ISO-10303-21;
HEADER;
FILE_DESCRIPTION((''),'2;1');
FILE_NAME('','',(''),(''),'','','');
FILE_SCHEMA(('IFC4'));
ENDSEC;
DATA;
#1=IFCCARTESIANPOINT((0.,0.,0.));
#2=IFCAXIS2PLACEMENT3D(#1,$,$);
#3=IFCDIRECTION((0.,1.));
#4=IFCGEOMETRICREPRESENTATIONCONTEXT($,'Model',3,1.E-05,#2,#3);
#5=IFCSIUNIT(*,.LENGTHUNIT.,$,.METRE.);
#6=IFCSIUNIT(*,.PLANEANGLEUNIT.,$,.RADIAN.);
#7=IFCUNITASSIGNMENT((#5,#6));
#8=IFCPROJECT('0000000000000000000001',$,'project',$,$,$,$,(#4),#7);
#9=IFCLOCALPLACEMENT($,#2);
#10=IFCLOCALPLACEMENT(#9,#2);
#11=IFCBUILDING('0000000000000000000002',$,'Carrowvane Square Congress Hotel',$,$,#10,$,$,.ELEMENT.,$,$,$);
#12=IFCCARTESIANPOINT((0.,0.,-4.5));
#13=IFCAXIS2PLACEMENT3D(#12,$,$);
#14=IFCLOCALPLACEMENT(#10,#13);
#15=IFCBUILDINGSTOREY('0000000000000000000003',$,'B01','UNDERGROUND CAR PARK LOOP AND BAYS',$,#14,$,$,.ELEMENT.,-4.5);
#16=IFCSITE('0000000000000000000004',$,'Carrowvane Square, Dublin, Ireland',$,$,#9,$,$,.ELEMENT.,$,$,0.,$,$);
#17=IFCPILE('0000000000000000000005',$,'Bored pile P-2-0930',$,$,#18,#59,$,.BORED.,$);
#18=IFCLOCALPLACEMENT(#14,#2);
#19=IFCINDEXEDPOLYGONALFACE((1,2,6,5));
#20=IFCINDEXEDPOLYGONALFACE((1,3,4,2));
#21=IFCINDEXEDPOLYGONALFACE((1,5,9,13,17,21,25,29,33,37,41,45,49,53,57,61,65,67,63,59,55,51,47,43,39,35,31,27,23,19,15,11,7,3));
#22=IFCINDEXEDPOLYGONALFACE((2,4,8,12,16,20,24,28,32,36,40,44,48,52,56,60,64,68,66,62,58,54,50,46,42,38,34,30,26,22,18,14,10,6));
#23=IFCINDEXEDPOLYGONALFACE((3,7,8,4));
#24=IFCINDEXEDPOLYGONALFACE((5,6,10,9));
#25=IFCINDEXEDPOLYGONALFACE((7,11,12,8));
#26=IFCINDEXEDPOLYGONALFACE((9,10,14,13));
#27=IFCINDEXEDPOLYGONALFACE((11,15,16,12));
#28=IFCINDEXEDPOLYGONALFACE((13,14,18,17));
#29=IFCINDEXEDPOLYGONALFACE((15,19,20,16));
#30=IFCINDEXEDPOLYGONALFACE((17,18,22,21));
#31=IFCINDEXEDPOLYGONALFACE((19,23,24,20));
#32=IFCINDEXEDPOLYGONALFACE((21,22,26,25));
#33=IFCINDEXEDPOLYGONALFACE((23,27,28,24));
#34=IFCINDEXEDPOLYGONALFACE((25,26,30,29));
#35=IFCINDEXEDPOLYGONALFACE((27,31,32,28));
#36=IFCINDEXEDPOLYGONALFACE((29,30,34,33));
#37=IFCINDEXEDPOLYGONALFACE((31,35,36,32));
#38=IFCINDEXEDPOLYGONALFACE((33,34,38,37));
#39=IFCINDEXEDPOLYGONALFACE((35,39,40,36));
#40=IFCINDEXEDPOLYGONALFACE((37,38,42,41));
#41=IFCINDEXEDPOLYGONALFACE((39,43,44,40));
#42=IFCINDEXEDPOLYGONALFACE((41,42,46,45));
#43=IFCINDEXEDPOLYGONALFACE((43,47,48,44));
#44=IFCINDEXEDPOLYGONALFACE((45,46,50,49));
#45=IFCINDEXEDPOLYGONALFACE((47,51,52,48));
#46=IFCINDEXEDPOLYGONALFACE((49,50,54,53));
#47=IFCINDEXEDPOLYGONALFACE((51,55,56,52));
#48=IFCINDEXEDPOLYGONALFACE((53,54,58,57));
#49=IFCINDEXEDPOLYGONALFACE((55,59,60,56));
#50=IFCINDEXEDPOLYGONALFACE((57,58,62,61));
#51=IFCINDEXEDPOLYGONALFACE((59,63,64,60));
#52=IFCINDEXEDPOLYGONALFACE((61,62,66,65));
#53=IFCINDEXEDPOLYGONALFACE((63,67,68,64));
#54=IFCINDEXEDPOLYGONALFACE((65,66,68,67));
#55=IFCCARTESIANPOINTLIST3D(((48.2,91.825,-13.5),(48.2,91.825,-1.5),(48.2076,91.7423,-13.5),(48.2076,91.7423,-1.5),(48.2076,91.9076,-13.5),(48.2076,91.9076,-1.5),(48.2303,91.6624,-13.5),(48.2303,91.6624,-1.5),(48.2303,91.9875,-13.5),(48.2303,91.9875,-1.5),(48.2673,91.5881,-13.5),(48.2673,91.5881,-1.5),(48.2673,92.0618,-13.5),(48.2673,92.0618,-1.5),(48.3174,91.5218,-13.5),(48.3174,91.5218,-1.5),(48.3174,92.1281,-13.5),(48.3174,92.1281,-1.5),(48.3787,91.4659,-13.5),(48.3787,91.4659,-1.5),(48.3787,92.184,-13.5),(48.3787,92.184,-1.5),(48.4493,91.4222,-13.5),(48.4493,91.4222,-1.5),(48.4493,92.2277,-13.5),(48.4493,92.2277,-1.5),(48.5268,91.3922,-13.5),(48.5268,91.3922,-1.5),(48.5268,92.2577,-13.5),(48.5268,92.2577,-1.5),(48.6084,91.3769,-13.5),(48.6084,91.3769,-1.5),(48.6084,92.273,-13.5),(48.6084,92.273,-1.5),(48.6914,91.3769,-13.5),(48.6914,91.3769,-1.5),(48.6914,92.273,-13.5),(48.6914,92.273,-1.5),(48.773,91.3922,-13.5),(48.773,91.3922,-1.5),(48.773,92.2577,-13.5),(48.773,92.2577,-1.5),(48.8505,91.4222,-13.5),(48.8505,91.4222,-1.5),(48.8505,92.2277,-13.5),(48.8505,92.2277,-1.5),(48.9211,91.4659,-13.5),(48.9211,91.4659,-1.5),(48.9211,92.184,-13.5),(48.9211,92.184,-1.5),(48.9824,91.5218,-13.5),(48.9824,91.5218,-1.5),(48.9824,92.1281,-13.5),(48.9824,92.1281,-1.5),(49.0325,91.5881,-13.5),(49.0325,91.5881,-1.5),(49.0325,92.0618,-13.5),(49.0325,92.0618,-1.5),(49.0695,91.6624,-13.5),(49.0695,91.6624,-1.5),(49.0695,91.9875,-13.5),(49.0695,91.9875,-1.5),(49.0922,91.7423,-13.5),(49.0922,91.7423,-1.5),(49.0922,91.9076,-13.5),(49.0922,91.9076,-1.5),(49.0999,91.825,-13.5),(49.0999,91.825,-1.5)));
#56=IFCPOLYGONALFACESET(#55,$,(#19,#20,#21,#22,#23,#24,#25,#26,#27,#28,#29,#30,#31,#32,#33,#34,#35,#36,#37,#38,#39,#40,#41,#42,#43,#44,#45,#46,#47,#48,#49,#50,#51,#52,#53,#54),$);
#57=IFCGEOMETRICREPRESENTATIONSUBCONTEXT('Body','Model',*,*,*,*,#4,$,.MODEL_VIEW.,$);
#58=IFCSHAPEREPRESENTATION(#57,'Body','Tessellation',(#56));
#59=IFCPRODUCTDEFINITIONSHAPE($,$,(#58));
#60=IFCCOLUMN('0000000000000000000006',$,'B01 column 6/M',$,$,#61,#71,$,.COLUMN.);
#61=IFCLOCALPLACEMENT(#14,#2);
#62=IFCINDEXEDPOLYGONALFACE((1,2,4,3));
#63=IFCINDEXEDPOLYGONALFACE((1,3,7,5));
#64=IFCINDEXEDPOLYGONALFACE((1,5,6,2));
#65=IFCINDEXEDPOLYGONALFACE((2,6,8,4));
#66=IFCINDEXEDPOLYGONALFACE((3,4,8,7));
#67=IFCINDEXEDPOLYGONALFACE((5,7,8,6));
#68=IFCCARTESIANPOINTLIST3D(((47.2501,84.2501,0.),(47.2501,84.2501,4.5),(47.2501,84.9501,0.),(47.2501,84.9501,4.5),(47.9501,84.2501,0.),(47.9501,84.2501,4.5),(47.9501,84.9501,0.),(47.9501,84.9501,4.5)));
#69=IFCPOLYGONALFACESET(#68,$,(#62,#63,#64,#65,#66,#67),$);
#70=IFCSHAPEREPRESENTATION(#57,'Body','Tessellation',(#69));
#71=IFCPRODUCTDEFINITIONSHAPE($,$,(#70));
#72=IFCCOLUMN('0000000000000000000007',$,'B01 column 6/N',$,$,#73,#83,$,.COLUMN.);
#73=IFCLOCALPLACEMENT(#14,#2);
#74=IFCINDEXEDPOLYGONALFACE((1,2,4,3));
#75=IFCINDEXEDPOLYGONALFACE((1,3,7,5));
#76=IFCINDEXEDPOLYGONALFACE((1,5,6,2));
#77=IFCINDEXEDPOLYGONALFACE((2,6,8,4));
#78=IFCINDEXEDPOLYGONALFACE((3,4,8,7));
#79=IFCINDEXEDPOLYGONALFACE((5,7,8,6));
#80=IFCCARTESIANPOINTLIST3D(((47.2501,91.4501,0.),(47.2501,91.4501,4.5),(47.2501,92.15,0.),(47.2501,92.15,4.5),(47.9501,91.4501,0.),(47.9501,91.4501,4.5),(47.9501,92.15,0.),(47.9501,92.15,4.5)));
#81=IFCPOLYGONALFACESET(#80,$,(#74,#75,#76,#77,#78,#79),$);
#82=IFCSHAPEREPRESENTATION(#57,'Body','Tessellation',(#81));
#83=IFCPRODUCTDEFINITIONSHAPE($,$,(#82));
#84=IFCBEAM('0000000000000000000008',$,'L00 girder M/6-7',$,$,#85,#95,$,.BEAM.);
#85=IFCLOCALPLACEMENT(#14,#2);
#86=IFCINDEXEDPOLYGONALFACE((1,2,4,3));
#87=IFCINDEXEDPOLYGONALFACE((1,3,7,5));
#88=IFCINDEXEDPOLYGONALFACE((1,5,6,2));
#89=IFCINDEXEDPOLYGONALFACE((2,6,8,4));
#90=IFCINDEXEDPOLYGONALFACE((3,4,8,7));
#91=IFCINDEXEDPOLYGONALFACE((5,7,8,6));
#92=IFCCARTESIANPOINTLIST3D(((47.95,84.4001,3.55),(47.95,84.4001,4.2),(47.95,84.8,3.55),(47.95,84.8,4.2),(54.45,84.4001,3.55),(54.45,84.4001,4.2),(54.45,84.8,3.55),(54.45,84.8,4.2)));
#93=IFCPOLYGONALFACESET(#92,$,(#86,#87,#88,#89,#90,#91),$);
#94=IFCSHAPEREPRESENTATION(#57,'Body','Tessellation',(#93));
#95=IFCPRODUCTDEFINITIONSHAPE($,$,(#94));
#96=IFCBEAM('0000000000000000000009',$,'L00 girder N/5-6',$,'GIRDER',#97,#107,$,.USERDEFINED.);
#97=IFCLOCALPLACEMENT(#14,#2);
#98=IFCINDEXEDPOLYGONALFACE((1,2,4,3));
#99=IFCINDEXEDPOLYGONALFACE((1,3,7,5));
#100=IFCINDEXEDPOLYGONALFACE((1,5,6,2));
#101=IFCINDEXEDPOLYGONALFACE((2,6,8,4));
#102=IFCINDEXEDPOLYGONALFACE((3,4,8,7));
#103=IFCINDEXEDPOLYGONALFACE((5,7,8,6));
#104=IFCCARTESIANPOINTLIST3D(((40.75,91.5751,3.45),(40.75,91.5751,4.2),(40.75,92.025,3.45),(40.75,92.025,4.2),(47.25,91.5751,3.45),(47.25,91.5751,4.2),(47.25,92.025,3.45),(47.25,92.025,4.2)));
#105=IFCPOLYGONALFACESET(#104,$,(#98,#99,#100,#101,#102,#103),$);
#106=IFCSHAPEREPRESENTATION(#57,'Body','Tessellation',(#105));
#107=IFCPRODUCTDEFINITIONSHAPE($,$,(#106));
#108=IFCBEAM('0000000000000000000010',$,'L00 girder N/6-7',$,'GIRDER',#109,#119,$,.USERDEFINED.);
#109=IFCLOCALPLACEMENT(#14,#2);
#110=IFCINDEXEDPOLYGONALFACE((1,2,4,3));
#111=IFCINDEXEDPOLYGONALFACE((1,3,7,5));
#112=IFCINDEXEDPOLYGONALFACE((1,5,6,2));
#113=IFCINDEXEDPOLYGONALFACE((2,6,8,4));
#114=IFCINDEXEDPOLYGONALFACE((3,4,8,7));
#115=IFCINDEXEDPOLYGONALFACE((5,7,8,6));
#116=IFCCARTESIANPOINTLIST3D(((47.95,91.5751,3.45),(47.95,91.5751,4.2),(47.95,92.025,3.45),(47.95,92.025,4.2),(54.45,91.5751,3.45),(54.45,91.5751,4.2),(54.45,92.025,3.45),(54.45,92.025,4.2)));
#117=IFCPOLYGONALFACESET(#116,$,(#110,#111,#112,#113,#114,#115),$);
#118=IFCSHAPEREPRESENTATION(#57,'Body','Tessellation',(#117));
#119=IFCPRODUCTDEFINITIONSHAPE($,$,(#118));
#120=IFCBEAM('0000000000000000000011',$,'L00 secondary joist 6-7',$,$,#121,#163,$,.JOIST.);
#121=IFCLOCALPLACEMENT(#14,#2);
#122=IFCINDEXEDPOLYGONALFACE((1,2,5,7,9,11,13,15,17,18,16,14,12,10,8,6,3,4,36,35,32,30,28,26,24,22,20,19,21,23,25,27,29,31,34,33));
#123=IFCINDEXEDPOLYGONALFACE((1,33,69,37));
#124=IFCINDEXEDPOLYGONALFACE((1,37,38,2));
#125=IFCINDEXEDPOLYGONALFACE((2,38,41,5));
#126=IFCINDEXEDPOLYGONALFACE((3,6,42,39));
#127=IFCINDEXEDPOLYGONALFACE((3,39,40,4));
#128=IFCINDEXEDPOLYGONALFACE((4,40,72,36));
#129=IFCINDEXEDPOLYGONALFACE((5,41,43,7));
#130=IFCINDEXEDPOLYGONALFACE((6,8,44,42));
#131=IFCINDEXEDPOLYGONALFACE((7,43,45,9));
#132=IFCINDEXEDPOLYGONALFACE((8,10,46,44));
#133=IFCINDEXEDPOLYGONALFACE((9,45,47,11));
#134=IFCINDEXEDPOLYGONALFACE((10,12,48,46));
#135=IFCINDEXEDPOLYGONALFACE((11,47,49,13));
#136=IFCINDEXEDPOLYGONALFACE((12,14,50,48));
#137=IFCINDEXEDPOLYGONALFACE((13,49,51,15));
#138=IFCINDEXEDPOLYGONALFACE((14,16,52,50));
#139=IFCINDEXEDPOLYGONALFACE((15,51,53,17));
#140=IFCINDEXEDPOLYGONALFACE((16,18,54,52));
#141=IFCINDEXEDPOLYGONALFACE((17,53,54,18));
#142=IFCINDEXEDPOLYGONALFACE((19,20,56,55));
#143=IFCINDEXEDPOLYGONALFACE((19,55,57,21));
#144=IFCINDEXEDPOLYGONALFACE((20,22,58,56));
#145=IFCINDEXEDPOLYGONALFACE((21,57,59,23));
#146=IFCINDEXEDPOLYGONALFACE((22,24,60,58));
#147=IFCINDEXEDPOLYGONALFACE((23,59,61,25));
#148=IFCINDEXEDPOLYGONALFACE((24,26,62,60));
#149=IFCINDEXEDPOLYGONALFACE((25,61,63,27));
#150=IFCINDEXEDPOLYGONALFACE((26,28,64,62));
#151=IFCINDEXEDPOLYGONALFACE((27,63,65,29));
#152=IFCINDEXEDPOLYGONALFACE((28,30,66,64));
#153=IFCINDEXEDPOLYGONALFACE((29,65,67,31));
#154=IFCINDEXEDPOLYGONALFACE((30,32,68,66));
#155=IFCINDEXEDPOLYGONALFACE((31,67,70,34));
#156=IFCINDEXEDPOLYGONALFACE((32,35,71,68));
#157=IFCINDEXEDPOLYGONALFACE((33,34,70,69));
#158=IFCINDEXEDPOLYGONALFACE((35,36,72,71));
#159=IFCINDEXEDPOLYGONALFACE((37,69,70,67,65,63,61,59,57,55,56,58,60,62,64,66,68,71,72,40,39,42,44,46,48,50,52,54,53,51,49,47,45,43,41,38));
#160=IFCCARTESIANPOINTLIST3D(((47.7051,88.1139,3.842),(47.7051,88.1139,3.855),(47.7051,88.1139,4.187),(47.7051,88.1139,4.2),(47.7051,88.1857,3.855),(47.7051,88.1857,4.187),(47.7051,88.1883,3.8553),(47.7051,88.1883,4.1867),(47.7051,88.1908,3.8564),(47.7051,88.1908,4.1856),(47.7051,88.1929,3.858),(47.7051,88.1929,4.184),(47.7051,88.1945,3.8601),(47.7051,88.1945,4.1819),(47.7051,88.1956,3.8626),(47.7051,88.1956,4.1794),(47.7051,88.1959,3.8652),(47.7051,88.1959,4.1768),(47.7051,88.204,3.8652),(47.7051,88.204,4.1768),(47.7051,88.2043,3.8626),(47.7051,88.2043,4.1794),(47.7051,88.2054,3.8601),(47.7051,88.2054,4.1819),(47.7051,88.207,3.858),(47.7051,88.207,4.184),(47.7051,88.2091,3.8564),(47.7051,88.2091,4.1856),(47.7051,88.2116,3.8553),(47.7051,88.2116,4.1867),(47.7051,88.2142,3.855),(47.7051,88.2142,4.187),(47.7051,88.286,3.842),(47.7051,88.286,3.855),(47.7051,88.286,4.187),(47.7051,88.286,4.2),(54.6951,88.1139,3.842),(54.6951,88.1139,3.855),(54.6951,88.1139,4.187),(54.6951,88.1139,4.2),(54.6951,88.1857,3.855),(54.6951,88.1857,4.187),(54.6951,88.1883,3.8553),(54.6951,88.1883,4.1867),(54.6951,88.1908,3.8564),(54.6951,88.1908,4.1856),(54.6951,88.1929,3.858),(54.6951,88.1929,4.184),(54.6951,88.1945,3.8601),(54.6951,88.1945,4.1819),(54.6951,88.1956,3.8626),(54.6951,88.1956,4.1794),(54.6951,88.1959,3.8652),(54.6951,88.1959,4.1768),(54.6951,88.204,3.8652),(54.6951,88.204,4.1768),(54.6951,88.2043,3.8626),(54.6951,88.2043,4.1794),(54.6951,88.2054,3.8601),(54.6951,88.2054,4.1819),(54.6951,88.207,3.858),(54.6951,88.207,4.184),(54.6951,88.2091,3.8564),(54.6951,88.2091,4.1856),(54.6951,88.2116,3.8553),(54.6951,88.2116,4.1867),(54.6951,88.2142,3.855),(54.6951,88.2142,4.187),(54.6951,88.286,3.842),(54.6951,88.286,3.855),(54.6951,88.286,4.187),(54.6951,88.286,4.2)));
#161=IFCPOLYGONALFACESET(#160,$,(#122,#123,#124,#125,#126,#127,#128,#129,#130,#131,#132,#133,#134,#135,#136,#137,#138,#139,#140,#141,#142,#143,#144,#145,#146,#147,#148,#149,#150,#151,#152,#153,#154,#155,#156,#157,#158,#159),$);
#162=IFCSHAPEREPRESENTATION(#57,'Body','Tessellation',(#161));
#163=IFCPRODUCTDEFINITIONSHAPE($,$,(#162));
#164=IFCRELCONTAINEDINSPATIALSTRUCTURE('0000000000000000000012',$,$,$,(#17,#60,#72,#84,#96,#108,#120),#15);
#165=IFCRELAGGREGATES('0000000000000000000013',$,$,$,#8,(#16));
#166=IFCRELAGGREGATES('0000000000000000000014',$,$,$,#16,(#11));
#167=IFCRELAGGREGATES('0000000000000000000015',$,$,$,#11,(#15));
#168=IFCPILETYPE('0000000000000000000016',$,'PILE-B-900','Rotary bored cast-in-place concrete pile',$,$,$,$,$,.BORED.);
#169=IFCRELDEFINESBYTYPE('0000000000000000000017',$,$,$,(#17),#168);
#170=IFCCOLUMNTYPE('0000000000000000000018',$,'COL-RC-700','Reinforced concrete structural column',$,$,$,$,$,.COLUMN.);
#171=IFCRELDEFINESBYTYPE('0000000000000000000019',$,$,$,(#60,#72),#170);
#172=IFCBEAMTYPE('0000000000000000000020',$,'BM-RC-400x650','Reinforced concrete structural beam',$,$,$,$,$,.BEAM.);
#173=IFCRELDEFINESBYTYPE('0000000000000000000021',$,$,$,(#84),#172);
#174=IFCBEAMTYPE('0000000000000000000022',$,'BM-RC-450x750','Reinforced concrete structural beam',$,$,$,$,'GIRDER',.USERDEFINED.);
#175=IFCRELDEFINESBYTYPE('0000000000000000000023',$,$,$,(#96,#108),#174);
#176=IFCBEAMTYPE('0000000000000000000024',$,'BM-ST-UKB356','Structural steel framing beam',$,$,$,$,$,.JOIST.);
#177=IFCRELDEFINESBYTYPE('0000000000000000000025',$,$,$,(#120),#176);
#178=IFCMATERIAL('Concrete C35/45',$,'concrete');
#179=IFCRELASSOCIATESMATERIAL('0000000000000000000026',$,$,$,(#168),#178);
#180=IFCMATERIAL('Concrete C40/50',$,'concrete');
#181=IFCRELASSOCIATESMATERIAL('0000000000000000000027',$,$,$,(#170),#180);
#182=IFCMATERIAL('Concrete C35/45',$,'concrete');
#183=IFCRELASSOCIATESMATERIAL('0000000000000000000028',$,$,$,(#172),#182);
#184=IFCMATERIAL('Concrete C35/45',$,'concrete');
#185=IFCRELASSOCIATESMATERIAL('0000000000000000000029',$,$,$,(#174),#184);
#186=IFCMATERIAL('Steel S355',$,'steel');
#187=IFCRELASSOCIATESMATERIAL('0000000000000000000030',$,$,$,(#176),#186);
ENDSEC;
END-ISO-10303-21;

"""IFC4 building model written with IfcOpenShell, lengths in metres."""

from ifc_helpers import new_model, si_unit, direction, frame, origin, origin_2d, place, context, subcontext, project, spatial, rectangle, circle, i_section, extrude, material, material_profile, profile_set, type_object, element, save


model = new_model("IFC4")

# Units and contexts
model_context = context("Model", 3, precision=1e-05, world=origin(), true_north=direction((0.0, 1.0)))
body_context = subcontext(model_context, "Body", "Model", "MODEL_VIEW")
ifc_project = project(units=[si_unit("LENGTHUNIT", "METRE"), si_unit("PLANEANGLEUNIT", "RADIAN")], contexts=[model_context])

# Site, building, storey
site_placement = place(None, origin())
site = spatial("IfcSite", under=ifc_project, at=site_placement, Name="Carrowvane Square, Dublin, Ireland", CompositionType="ELEMENT", RefElevation=0.0)
building_placement = place(site_placement, origin())
building = spatial("IfcBuilding", under=site, at=building_placement, Name="Carrowvane Square Congress Hotel", CompositionType="ELEMENT")
storey_placement = place(building_placement, frame((0.0, 0.0, -4.5)))
storey = spatial("IfcBuildingStorey", under=building, at=storey_placement, Name="B01", Description="UNDERGROUND CAR PARK LOOP AND BAYS", CompositionType="ELEMENT", Elevation=-4.5)

# Pile
ifc_material_1 = material(Name="Concrete C35/45", Category="concrete")
ifc_material_profile_1 = material_profile(ifc_material_1, circle(Radius=0.45, at=origin_2d()), Name="PILE D900")
ifc_profile_set_1 = profile_set([ifc_material_profile_1], Name="Concrete C35/45")
pile_type_1 = type_object("IfcPileType", Name="PILE-B-900", Description="Rotary bored cast-in-place concrete pile", PredefinedType="BORED", material=ifc_profile_set_1)
for number, where, z_axis, x_axis, name in (
    (1, (48.6499, 91.825, -1.5), (0.0, 0.0, -1.0), (1.0, 0.0, 0.0), "Bored pile P-2-0930"),
):
    element("IfcPile", number, at=place(storey_placement, frame(where, z_axis=z_axis, x_axis=x_axis)), inside=storey, type_object=pile_type_1, Name=name, PredefinedType="BORED", context=body_context, shape_type="SweptSolid", body=[
        extrude(circle(Radius=0.45, at=origin_2d()), origin(), (0.0, 0.0, 1.0), 12.0),
    ])

# Columns
ifc_material_2 = material(Name="Concrete C40/50", Category="concrete")
ifc_material_profile_2 = material_profile(ifc_material_2, rectangle(XDim=0.7, YDim=0.7, at=origin_2d()), Name="RC 700x700")
ifc_profile_set_2 = profile_set([ifc_material_profile_2], Name="Concrete C40/50")
column_type = type_object("IfcColumnType", Name="COL-RC-700", Description="Reinforced concrete structural column", PredefinedType="COLUMN", material=ifc_profile_set_2)
for number, where, z_axis, x_axis, name in (
    (2, (47.6001, 84.6001, 0.0), (0.0, 0.0, 1.0), (1.0, 0.0, 0.0), "B01 column 6/M"),
    (3, (47.6001, 91.8, 0.0), (0.0, 0.0, 1.0), (1.0, 0.0, 0.0), "B01 column 6/N"),
):
    element("IfcColumn", number, at=place(storey_placement, frame(where, z_axis=z_axis, x_axis=x_axis)), inside=storey, type_object=column_type, Name=name, PredefinedType="COLUMN", context=body_context, shape_type="SweptSolid", body=[
        extrude(rectangle(XDim=0.7, YDim=0.7, at=origin_2d()), origin(), (0.0, 0.0, 1.0), 4.5),
    ])

# Beams
ifc_material_3 = material(Name="Concrete C35/45", Category="concrete")
ifc_material_profile_3 = material_profile(ifc_material_3, rectangle(XDim=0.3999, YDim=0.6499, at=origin_2d()), Name="RC 400x650")
ifc_profile_set_3 = profile_set([ifc_material_profile_3], Name="Concrete C35/45")
beam_type_1 = type_object("IfcBeamType", Name="BM-RC-400x650", Description="Reinforced concrete structural beam", PredefinedType="BEAM", material=ifc_profile_set_3)
beam_1_placement = place(storey_placement, frame((47.95, 84.6001, 3.875), z_axis=(1.0, 0.0, 0.0), x_axis=(0.0, 1.0, 0.0)))
element("IfcBeam", 4, at=beam_1_placement, inside=storey, type_object=beam_type_1, Name="L00 girder M/6-7", PredefinedType="BEAM", context=body_context, shape_type="SweptSolid", body=[
    extrude(rectangle(XDim=0.3999, YDim=0.6499, at=origin_2d()), origin(), (0.0, 0.0, 1.0), 6.5),
])
ifc_material_4 = material(Name="Concrete C35/45", Category="concrete")
ifc_material_profile_4 = material_profile(ifc_material_4, rectangle(XDim=0.45, YDim=0.75, at=origin_2d()), Name="RC 450x750")
ifc_profile_set_4 = profile_set([ifc_material_profile_4], Name="Concrete C35/45")
beam_type_2 = type_object("IfcBeamType", Name="BM-RC-450x750", Description="Reinforced concrete structural beam", ElementType="GIRDER", PredefinedType="USERDEFINED", material=ifc_profile_set_4)
for number, where, z_axis, x_axis, name in (
    (5, (40.75, 91.8, 3.825), (1.0, 0.0, 0.0), (0.0, 1.0, 0.0), "L00 girder N/5-6"),
    (6, (47.95, 91.8, 3.825), (1.0, 0.0, 0.0), (0.0, 1.0, 0.0), "L00 girder N/6-7"),
):
    element("IfcBeam", number, at=place(storey_placement, frame(where, z_axis=z_axis, x_axis=x_axis)), inside=storey, type_object=beam_type_2, Name=name, ObjectType="GIRDER", PredefinedType="USERDEFINED", context=body_context, shape_type="SweptSolid", body=[
        extrude(rectangle(XDim=0.45, YDim=0.75, at=origin_2d()), origin(), (0.0, 0.0, 1.0), 6.5),
    ])
ifc_material_5 = material(Name="Steel S355", Category="steel")
ifc_material_profile_5 = material_profile(ifc_material_5, i_section(OverallWidth=0.1721, OverallDepth=0.3579, WebThickness=0.0081, FlangeThickness=0.0129, FilletRadius=0.0103, at=origin_2d()), Name="UKB 356x171x57")
ifc_profile_set_5 = profile_set([ifc_material_profile_5], Name="Steel S355")
beam_type_3 = type_object("IfcBeamType", Name="BM-ST-UKB356", Description="Structural steel framing beam", PredefinedType="JOIST", material=ifc_profile_set_5)
beam_2_placement = place(storey_placement, frame((47.7051, 88.2, 4.021), z_axis=(1.0, 0.0, 0.0), x_axis=(0.0, 1.0, 0.0)))
element("IfcBeam", 7, at=beam_2_placement, inside=storey, type_object=beam_type_3, Name="L00 secondary joist 6-7", PredefinedType="JOIST", context=body_context, shape_type="SweptSolid", body=[
    extrude(i_section(OverallWidth=0.1721, OverallDepth=0.3579, WebThickness=0.0081, FlangeThickness=0.0129, FilletRadius=0.0103, at=origin_2d()), origin(), (0.0, 0.0, 1.0), 6.99),
])

save(model, "model.ifc")
